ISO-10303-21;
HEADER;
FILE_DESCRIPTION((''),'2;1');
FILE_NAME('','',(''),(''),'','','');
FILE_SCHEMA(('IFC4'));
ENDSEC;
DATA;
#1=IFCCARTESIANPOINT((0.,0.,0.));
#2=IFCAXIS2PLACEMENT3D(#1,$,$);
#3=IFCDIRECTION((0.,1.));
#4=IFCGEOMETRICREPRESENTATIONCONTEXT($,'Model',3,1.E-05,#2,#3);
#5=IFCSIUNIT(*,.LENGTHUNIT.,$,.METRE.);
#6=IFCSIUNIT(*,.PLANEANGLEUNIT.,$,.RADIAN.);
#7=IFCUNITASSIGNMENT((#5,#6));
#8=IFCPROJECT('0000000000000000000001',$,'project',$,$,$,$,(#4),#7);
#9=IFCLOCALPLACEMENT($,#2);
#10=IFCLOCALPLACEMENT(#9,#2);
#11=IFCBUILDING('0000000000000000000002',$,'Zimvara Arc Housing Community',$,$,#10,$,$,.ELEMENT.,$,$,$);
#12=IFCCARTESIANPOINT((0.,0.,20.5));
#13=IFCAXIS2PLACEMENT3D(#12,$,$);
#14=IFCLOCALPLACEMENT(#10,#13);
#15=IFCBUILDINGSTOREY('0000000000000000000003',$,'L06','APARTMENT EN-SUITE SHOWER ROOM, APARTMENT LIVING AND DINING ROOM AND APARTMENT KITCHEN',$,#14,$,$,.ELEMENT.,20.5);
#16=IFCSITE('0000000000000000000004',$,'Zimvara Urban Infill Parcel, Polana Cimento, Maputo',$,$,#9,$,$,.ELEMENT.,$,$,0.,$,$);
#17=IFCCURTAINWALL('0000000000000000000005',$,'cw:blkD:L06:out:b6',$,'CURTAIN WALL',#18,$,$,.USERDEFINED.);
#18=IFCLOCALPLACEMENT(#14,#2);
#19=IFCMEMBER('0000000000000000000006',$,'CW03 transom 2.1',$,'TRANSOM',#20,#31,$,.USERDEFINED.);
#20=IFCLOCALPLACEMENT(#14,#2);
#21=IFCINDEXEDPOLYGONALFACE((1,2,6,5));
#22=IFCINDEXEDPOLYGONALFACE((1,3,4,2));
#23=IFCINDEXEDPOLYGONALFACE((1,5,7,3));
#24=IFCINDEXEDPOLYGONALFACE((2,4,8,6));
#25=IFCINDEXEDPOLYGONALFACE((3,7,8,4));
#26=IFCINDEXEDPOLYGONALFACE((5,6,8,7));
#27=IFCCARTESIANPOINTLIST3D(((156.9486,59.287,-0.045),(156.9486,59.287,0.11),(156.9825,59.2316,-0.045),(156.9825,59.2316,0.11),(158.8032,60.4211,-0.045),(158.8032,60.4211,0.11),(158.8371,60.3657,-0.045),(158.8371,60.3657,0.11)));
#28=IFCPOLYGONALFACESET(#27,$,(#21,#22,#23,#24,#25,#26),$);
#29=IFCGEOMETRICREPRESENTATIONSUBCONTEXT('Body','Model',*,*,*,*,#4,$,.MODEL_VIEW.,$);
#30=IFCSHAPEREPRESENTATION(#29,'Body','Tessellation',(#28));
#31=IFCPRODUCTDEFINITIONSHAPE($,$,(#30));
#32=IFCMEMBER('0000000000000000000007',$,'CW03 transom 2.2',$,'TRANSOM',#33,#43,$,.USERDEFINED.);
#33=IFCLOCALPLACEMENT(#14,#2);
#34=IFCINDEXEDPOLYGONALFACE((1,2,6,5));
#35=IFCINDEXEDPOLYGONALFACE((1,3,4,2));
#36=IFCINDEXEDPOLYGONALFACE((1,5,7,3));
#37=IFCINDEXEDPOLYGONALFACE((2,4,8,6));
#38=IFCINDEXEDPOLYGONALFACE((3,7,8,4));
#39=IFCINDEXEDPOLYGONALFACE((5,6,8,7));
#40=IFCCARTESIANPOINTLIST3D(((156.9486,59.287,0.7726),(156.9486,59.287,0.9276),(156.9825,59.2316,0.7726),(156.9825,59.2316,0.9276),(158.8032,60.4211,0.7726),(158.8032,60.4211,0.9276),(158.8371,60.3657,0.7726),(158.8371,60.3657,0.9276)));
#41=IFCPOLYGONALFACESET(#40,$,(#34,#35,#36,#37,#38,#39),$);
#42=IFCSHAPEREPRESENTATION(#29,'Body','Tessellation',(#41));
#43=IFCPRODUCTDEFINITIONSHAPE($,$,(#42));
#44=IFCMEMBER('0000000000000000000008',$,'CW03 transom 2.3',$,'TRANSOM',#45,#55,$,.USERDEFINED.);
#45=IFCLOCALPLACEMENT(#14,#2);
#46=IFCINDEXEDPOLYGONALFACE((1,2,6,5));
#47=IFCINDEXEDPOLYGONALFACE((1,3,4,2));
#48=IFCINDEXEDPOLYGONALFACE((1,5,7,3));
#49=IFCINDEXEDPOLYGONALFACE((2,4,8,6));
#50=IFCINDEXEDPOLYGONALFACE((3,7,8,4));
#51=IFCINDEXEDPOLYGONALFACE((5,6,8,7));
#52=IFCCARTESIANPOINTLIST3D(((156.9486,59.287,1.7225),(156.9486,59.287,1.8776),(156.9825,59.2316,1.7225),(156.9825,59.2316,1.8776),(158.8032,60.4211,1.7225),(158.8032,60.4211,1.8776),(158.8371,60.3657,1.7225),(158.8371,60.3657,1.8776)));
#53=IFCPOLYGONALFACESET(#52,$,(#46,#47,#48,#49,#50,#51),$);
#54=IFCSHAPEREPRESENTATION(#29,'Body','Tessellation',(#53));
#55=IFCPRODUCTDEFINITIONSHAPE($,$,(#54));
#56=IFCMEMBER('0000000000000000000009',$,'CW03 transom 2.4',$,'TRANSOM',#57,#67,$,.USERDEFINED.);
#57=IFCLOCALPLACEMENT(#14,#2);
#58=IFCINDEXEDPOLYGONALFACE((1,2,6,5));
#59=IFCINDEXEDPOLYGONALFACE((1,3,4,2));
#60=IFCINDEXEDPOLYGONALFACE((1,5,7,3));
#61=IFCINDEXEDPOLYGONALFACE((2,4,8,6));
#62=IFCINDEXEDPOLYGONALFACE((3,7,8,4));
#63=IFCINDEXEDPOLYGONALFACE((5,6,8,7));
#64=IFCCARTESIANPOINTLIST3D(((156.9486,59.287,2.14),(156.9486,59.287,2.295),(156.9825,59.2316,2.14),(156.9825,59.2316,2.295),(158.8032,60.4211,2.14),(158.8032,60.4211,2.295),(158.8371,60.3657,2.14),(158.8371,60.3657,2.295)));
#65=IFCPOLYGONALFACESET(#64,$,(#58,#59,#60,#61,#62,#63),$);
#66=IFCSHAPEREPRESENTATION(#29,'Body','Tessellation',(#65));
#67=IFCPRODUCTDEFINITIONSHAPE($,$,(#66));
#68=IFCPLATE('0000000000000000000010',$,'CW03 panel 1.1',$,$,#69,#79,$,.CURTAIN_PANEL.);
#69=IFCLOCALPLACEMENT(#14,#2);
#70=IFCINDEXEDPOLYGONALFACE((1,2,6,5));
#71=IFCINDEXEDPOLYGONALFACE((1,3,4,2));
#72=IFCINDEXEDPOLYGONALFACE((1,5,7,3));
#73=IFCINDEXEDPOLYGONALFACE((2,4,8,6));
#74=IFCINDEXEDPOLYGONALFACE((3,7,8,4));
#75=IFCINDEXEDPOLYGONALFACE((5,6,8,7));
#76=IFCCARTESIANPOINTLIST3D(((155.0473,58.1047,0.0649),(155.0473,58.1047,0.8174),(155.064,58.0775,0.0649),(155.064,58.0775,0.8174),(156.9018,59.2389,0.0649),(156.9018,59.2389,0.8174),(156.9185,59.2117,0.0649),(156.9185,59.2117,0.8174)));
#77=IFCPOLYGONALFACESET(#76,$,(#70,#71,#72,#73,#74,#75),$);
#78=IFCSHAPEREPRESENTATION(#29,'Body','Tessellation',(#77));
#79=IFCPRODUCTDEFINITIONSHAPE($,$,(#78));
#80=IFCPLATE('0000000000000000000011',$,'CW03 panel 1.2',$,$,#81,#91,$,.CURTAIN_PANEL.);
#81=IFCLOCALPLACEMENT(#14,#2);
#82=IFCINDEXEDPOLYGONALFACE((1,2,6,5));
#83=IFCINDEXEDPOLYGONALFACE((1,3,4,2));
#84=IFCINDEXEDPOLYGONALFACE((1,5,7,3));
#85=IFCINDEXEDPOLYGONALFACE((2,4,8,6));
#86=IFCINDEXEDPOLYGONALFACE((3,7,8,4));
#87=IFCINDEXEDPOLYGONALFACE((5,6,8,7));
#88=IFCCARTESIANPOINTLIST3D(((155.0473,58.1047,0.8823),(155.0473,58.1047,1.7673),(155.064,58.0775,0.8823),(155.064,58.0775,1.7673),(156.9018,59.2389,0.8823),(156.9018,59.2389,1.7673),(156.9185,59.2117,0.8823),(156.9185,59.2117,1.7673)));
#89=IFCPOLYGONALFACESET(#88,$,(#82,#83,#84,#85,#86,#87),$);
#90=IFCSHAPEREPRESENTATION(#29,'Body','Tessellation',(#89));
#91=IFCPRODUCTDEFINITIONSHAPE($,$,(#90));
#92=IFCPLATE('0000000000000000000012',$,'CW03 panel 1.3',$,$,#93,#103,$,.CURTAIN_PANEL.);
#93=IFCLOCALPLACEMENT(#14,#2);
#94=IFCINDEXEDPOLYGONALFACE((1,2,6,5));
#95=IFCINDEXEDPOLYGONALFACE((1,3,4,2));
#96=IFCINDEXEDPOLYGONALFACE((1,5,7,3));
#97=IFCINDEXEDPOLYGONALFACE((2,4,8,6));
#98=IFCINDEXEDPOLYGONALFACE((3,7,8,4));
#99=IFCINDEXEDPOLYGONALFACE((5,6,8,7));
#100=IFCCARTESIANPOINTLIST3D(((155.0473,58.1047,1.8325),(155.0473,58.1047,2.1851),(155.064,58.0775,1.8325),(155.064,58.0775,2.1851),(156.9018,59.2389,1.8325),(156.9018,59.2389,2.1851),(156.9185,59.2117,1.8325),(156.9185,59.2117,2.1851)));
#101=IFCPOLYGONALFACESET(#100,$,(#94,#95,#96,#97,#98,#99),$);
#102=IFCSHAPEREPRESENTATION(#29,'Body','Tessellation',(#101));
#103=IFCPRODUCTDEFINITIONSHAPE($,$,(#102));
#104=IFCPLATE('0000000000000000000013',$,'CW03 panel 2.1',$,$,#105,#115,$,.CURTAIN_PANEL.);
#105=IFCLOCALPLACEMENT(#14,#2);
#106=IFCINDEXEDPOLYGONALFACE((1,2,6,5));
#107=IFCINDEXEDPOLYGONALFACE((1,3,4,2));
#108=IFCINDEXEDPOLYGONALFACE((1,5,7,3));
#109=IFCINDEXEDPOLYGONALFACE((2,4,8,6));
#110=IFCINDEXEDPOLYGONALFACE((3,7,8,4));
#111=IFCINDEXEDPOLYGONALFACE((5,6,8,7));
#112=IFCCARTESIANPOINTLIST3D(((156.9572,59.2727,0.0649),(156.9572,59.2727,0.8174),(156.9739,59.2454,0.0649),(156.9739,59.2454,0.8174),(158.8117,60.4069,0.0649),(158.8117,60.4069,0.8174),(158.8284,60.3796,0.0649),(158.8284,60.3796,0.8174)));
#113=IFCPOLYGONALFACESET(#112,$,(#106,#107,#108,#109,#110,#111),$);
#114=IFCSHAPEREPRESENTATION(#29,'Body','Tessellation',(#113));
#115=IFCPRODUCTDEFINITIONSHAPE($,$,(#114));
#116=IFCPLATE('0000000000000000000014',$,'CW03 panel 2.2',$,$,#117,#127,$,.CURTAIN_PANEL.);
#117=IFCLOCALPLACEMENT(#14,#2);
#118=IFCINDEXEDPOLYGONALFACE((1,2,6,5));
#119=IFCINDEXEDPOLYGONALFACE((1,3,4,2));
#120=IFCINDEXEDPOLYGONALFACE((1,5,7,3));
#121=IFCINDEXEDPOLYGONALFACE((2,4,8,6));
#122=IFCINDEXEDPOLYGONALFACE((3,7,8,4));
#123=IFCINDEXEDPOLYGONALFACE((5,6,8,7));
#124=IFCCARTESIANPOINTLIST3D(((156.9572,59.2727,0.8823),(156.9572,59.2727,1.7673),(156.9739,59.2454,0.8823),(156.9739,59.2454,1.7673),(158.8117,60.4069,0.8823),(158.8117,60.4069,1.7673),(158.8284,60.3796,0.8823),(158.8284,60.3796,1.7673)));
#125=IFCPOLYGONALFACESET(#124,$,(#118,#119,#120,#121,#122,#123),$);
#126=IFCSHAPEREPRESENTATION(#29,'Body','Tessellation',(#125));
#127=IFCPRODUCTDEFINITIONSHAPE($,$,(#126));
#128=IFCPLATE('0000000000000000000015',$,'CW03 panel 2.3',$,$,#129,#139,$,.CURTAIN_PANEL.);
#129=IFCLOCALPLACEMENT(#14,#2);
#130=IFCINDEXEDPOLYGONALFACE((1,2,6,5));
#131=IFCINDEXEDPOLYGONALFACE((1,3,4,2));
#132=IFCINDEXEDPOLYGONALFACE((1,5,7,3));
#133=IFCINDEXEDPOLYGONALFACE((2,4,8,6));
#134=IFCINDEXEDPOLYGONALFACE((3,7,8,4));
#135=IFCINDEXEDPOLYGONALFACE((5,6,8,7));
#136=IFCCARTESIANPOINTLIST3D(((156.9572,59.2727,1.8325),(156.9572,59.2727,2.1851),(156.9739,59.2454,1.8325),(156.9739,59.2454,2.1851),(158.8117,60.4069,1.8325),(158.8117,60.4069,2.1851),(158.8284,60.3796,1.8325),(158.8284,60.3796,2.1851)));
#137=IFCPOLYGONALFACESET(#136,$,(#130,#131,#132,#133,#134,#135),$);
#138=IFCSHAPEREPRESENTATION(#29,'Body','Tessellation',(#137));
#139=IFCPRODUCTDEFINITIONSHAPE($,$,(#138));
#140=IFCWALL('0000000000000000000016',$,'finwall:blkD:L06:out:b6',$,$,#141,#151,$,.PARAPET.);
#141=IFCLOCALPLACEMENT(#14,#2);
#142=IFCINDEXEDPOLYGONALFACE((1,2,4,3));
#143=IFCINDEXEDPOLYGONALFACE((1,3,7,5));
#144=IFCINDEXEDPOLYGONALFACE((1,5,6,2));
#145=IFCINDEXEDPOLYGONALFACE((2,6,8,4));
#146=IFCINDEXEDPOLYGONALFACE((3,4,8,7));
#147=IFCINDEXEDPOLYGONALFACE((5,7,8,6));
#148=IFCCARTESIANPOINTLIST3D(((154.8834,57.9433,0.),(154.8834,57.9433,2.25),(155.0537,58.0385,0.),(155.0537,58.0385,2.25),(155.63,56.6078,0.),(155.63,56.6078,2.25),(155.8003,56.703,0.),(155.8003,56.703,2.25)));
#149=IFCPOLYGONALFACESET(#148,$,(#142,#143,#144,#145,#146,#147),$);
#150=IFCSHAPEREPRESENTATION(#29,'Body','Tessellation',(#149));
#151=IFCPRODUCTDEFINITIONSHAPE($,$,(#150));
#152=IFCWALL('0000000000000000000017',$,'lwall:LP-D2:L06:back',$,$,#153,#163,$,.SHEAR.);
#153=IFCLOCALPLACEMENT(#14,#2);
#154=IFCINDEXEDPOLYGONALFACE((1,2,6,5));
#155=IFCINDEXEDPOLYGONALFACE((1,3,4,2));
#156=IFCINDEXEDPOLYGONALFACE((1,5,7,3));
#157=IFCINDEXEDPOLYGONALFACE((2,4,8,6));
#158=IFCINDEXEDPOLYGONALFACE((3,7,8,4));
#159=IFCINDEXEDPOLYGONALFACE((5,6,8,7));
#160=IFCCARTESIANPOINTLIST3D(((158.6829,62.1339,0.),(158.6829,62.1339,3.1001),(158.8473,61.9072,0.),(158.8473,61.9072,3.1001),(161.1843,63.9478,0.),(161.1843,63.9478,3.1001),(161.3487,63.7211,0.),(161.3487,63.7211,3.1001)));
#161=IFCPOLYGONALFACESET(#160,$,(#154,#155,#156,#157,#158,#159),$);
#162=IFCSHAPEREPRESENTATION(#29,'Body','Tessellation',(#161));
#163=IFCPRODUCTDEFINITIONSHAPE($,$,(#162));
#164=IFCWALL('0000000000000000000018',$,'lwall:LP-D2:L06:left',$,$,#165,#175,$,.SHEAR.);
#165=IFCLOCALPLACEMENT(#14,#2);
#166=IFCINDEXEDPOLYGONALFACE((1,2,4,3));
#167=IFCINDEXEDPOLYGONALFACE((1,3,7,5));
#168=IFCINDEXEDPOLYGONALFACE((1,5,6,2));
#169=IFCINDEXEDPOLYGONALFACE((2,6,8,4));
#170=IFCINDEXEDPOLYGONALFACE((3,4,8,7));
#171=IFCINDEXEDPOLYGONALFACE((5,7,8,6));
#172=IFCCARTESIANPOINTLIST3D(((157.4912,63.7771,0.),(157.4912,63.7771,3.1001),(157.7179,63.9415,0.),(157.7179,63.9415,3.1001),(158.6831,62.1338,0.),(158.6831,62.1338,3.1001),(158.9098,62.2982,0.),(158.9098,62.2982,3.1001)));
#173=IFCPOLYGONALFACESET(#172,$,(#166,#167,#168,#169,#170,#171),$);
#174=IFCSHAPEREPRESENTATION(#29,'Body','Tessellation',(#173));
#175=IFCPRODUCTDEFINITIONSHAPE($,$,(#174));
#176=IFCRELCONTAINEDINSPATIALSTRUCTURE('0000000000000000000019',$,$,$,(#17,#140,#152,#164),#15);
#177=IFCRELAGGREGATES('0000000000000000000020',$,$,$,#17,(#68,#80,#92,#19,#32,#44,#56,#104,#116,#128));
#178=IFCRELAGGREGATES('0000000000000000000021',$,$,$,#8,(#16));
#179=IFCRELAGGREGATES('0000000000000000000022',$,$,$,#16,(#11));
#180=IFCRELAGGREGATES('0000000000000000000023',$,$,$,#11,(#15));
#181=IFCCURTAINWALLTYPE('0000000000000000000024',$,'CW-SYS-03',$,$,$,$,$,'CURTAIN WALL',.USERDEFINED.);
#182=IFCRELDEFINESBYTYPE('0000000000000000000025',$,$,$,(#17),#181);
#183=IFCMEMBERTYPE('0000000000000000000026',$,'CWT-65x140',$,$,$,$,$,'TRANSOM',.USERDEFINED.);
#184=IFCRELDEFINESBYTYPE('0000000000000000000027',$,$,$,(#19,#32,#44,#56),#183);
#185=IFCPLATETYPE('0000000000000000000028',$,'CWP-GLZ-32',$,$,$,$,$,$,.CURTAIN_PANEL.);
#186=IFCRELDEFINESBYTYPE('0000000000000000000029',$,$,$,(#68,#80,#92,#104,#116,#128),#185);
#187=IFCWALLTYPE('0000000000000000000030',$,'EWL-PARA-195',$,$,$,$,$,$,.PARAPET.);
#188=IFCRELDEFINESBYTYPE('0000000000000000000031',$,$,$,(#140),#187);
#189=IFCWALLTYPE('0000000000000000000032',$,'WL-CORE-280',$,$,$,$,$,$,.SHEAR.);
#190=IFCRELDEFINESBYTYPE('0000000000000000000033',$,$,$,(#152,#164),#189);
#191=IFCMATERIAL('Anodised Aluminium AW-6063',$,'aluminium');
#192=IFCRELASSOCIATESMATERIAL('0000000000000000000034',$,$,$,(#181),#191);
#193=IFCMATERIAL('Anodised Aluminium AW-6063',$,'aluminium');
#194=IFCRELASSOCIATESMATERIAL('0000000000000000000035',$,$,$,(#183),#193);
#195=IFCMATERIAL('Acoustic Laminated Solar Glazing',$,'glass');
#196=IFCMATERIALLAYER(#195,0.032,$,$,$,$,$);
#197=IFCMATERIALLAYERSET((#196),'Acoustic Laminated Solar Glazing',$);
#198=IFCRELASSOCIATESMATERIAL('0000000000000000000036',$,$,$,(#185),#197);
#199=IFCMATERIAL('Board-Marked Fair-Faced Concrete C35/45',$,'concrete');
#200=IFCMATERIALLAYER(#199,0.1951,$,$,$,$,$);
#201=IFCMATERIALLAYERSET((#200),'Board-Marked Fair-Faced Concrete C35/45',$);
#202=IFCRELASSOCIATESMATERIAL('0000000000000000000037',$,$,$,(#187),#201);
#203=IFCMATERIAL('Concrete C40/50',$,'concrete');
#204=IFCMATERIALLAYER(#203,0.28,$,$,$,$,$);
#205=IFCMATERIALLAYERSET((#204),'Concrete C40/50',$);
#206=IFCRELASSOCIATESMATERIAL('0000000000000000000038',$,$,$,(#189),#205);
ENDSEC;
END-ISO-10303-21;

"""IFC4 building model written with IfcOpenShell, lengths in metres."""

from ifc_helpers import new_model, si_unit, direction, frame, frame_2d, origin, origin_2d, place, context, subcontext, project, spatial, rectangle, extrude, material, layer, layer_set, material_profile, profile_set, type_object, element, aggregate, save


model = new_model("IFC4")

# Units and contexts
model_context = context("Model", 3, precision=1e-05, world=origin(), true_north=direction((0.0, 1.0)))
body_context = subcontext(model_context, "Body", "Model", "MODEL_VIEW")
ifc_project = project(units=[si_unit("LENGTHUNIT", "METRE"), si_unit("PLANEANGLEUNIT", "RADIAN")], contexts=[model_context])

# Site, building, storey
site_placement = place(None, origin())
site = spatial("IfcSite", under=ifc_project, at=site_placement, Name="Zimvara Urban Infill Parcel, Polana Cimento, Maputo", CompositionType="ELEMENT", RefElevation=0.0)
building_placement = place(site_placement, origin())
building = spatial("IfcBuilding", under=site, at=building_placement, Name="Zimvara Arc Housing Community", CompositionType="ELEMENT")
storey_placement = place(building_placement, frame((0.0, 0.0, 20.5)))
storey = spatial("IfcBuildingStorey", under=building, at=storey_placement, Name="L06", Description="APARTMENT EN-SUITE SHOWER ROOM, APARTMENT LIVING AND DINING ROOM AND APARTMENT KITCHEN", CompositionType="ELEMENT", Elevation=20.5)

# Curtain wall
ifc_material_1 = material(Name="Anodised Aluminium AW-6063", Category="aluminium")
curtain_wall_type_1 = type_object("IfcCurtainWallType", Name="CW-SYS-03", ElementType="CURTAIN WALL", PredefinedType="USERDEFINED", material=ifc_material_1)
curtain_wall_1_placement = place(storey_placement, origin())
curtain_wall_1 = element("IfcCurtainWall", 1, at=curtain_wall_1_placement, inside=storey, type_object=curtain_wall_type_1, Name="cw:blkD:L06:out:b6", ObjectType="CURTAIN WALL", PredefinedType="USERDEFINED")

# Members
ifc_material_2 = material(Name="Anodised Aluminium AW-6063", Category="aluminium")
ifc_material_profile_1 = material_profile(ifc_material_2, rectangle(XDim=0.0649, YDim=0.155, at=origin_2d()), Name="ALU 65x155")
ifc_profile_set_1 = profile_set([ifc_material_profile_1], Name="Anodised Aluminium AW-6063")
member_type_1 = type_object("IfcMemberType", Name="CWT-65x140", ElementType="TRANSOM", PredefinedType="USERDEFINED", material=ifc_profile_set_1)
member_1_placement = place(storey_placement, frame((156.9656, 59.2593, 0.0325), z_axis=(0.853132, 0.521695, 0.0), x_axis=(-0.521695, 0.853132, 0.0)))
member_1 = element("IfcMember", 2, at=member_1_placement, type_object=member_type_1, Name="CW03 transom 2.1", ObjectType="TRANSOM", PredefinedType="USERDEFINED", context=body_context, shape_type="SweptSolid", body=[
    extrude(rectangle(XDim=0.0649, YDim=0.155, at=origin_2d()), origin(), (0.0, 0.0, 1.0), 2.1738),
])
member_2_placement = place(storey_placement, frame((156.9656, 59.2593, 0.8501), z_axis=(0.853132, 0.521695, 0.0), x_axis=(-0.521695, 0.853132, 0.0)))
member_2 = element("IfcMember", 3, at=member_2_placement, type_object=member_type_1, Name="CW03 transom 2.2", ObjectType="TRANSOM", PredefinedType="USERDEFINED", context=body_context, shape_type="SweptSolid", body=[
    extrude(rectangle(XDim=0.0649, YDim=0.155, at=origin_2d()), origin(), (0.0, 0.0, 1.0), 2.1738),
])
member_3_placement = place(storey_placement, frame((156.9656, 59.2593, 1.8), z_axis=(0.853132, 0.521695, 0.0), x_axis=(-0.521695, 0.853132, 0.0)))
member_3 = element("IfcMember", 4, at=member_3_placement, type_object=member_type_1, Name="CW03 transom 2.3", ObjectType="TRANSOM", PredefinedType="USERDEFINED", context=body_context, shape_type="SweptSolid", body=[
    extrude(rectangle(XDim=0.0649, YDim=0.155, at=origin_2d()), origin(), (0.0, 0.0, 1.0), 2.1738),
])
member_4_placement = place(storey_placement, frame((156.9656, 59.2593, 2.2175), z_axis=(0.853132, 0.521695, 0.0), x_axis=(-0.521695, 0.853132, 0.0)))
member_4 = element("IfcMember", 5, at=member_4_placement, type_object=member_type_1, Name="CW03 transom 2.4", ObjectType="TRANSOM", PredefinedType="USERDEFINED", context=body_context, shape_type="SweptSolid", body=[
    extrude(rectangle(XDim=0.0649, YDim=0.155, at=origin_2d()), origin(), (0.0, 0.0, 1.0), 2.1738),
])

# Plates
ifc_material_3 = material(Name="Acoustic Laminated Solar Glazing", Category="glass")
ifc_layer_1 = layer(ifc_material_3, 0.032)
ifc_layer_set_1 = layer_set([ifc_layer_1], Name="Acoustic Laminated Solar Glazing")
plate_type = type_object("IfcPlateType", Name="CWP-GLZ-32", PredefinedType="CURTAIN_PANEL", material=ifc_layer_set_1)
plate_1_placement = place(storey_placement, frame((155.9829, 58.6582, 0.0649), z_axis=(0.0, 0.0, 1.0), x_axis=(0.853096, 0.521754, 0.0)))
plate_1 = element("IfcPlate", 6, at=plate_1_placement, type_object=plate_type, Name="CW03 panel 1.1", PredefinedType="CURTAIN_PANEL", context=body_context, shape_type="SweptSolid", body=[
    extrude(rectangle(XDim=2.1738, YDim=0.032, at=origin_2d()), origin(), (0.0, 0.0, 1.0), 0.7524),
])
plate_2_placement = place(storey_placement, frame((155.9829, 58.6582, 0.8823), z_axis=(0.0, 0.0, 1.0), x_axis=(0.853096, 0.521754, 0.0)))
plate_2 = element("IfcPlate", 7, at=plate_2_placement, type_object=plate_type, Name="CW03 panel 1.2", PredefinedType="CURTAIN_PANEL", context=body_context, shape_type="SweptSolid", body=[
    extrude(rectangle(XDim=2.1738, YDim=0.032, at=origin_2d()), origin(), (0.0, 0.0, 1.0), 0.885),
])
plate_3_placement = place(storey_placement, frame((155.9829, 58.6582, 1.8325), z_axis=(0.0, 0.0, 1.0), x_axis=(0.853096, 0.521754, 0.0)))
plate_3 = element("IfcPlate", 8, at=plate_3_placement, type_object=plate_type, Name="CW03 panel 1.3", PredefinedType="CURTAIN_PANEL", context=body_context, shape_type="SweptSolid", body=[
    extrude(rectangle(XDim=2.1738, YDim=0.032, at=origin_2d()), origin(), (0.0, 0.0, 1.0), 0.3525),
])
plate_4_placement = place(storey_placement, frame((157.8928, 59.8262, 0.0649), z_axis=(0.0, 0.0, 1.0), x_axis=(0.853096, 0.521754, 0.0)))
plate_4 = element("IfcPlate", 9, at=plate_4_placement, type_object=plate_type, Name="CW03 panel 2.1", PredefinedType="CURTAIN_PANEL", context=body_context, shape_type="SweptSolid", body=[
    extrude(rectangle(XDim=2.1738, YDim=0.032, at=origin_2d()), origin(), (0.0, 0.0, 1.0), 0.7524),
])
plate_5_placement = place(storey_placement, frame((157.8928, 59.8262, 0.8823), z_axis=(0.0, 0.0, 1.0), x_axis=(0.853096, 0.521754, 0.0)))
plate_5 = element("IfcPlate", 10, at=plate_5_placement, type_object=plate_type, Name="CW03 panel 2.2", PredefinedType="CURTAIN_PANEL", context=body_context, shape_type="SweptSolid", body=[
    extrude(rectangle(XDim=2.1738, YDim=0.032, at=origin_2d()), origin(), (0.0, 0.0, 1.0), 0.885),
])
plate_6_placement = place(storey_placement, frame((157.8928, 59.8262, 1.8325), z_axis=(0.0, 0.0, 1.0), x_axis=(0.853096, 0.521754, 0.0)))
plate_6 = element("IfcPlate", 11, at=plate_6_placement, type_object=plate_type, Name="CW03 panel 2.3", PredefinedType="CURTAIN_PANEL", context=body_context, shape_type="SweptSolid", body=[
    extrude(rectangle(XDim=2.1738, YDim=0.032, at=origin_2d()), origin(), (0.0, 0.0, 1.0), 0.3525),
])
aggregate(curtain_wall_1, [plate_1, plate_2, plate_3, member_1, member_2, member_3, member_4, plate_4, plate_5, plate_6])

# Wall
ifc_material_4 = material(Name="Board-Marked Fair-Faced Concrete C35/45", Category="concrete")
ifc_layer_2 = layer(ifc_material_4, 0.1951)
ifc_layer_set_2 = layer_set([ifc_layer_2], Name="Board-Marked Fair-Faced Concrete C35/45")
wall_type_1 = type_object("IfcWallType", Name="EWL-PARA-195", PredefinedType="PARAPET", material=ifc_layer_set_2)
wall_1_placement = place(storey_placement, frame((154.9685, 57.991, 0.0), z_axis=(0.0, 0.0, 1.0), x_axis=(0.487972, -0.87286, 0.0)))
element("IfcWall", 12, at=wall_1_placement, inside=storey, type_object=wall_type_1, Name="finwall:blkD:L06:out:b6", PredefinedType="PARAPET", context=body_context, shape_type="SweptSolid", body=[
    extrude(rectangle(XDim=1.53, YDim=0.1951, at=frame_2d((0.7651, 0.0))), origin(), (0.0, 0.0, 1.0), 2.25),
])

# Shared definitions
ifc_material_5 = material(Name="Concrete C40/50", Category="concrete")
ifc_layer_3 = layer(ifc_material_5, 0.28)
ifc_layer_set_3 = layer_set([ifc_layer_3], Name="Concrete C40/50")
wall_type_2 = type_object("IfcWallType", Name="WL-CORE-280", PredefinedType="SHEAR", material=ifc_layer_set_3)

# Walls
wall_2_placement = place(storey_placement, frame((158.7651, 62.0205, 0.0), z_axis=(0.0, 0.0, 1.0), x_axis=(0.809548, 0.587053, 0.0)))
element("IfcWall", 13, at=wall_2_placement, inside=storey, type_object=wall_type_2, Name="lwall:LP-D2:L06:back", PredefinedType="SHEAR", context=body_context, shape_type="SweptSolid", body=[
    extrude(rectangle(XDim=3.0898, YDim=0.28, at=frame_2d((1.5449, 0.0))), origin(), (0.0, 0.0, 1.0), 3.1001),
])
wall_3_placement = place(storey_placement, frame((157.6045, 63.8594, 0.0), z_axis=(0.0, 0.0, 1.0), x_axis=(0.587127, -0.809495, 0.0)))
element("IfcWall", 14, at=wall_3_placement, inside=storey, type_object=wall_type_2, Name="lwall:LP-D2:L06:left", PredefinedType="SHEAR", context=body_context, shape_type="SweptSolid", body=[
    extrude(rectangle(XDim=2.03, YDim=0.28, at=frame_2d((1.0151, 0.0))), origin(), (0.0, 0.0, 1.0), 3.1001),
])

save(model, "model.ifc")
